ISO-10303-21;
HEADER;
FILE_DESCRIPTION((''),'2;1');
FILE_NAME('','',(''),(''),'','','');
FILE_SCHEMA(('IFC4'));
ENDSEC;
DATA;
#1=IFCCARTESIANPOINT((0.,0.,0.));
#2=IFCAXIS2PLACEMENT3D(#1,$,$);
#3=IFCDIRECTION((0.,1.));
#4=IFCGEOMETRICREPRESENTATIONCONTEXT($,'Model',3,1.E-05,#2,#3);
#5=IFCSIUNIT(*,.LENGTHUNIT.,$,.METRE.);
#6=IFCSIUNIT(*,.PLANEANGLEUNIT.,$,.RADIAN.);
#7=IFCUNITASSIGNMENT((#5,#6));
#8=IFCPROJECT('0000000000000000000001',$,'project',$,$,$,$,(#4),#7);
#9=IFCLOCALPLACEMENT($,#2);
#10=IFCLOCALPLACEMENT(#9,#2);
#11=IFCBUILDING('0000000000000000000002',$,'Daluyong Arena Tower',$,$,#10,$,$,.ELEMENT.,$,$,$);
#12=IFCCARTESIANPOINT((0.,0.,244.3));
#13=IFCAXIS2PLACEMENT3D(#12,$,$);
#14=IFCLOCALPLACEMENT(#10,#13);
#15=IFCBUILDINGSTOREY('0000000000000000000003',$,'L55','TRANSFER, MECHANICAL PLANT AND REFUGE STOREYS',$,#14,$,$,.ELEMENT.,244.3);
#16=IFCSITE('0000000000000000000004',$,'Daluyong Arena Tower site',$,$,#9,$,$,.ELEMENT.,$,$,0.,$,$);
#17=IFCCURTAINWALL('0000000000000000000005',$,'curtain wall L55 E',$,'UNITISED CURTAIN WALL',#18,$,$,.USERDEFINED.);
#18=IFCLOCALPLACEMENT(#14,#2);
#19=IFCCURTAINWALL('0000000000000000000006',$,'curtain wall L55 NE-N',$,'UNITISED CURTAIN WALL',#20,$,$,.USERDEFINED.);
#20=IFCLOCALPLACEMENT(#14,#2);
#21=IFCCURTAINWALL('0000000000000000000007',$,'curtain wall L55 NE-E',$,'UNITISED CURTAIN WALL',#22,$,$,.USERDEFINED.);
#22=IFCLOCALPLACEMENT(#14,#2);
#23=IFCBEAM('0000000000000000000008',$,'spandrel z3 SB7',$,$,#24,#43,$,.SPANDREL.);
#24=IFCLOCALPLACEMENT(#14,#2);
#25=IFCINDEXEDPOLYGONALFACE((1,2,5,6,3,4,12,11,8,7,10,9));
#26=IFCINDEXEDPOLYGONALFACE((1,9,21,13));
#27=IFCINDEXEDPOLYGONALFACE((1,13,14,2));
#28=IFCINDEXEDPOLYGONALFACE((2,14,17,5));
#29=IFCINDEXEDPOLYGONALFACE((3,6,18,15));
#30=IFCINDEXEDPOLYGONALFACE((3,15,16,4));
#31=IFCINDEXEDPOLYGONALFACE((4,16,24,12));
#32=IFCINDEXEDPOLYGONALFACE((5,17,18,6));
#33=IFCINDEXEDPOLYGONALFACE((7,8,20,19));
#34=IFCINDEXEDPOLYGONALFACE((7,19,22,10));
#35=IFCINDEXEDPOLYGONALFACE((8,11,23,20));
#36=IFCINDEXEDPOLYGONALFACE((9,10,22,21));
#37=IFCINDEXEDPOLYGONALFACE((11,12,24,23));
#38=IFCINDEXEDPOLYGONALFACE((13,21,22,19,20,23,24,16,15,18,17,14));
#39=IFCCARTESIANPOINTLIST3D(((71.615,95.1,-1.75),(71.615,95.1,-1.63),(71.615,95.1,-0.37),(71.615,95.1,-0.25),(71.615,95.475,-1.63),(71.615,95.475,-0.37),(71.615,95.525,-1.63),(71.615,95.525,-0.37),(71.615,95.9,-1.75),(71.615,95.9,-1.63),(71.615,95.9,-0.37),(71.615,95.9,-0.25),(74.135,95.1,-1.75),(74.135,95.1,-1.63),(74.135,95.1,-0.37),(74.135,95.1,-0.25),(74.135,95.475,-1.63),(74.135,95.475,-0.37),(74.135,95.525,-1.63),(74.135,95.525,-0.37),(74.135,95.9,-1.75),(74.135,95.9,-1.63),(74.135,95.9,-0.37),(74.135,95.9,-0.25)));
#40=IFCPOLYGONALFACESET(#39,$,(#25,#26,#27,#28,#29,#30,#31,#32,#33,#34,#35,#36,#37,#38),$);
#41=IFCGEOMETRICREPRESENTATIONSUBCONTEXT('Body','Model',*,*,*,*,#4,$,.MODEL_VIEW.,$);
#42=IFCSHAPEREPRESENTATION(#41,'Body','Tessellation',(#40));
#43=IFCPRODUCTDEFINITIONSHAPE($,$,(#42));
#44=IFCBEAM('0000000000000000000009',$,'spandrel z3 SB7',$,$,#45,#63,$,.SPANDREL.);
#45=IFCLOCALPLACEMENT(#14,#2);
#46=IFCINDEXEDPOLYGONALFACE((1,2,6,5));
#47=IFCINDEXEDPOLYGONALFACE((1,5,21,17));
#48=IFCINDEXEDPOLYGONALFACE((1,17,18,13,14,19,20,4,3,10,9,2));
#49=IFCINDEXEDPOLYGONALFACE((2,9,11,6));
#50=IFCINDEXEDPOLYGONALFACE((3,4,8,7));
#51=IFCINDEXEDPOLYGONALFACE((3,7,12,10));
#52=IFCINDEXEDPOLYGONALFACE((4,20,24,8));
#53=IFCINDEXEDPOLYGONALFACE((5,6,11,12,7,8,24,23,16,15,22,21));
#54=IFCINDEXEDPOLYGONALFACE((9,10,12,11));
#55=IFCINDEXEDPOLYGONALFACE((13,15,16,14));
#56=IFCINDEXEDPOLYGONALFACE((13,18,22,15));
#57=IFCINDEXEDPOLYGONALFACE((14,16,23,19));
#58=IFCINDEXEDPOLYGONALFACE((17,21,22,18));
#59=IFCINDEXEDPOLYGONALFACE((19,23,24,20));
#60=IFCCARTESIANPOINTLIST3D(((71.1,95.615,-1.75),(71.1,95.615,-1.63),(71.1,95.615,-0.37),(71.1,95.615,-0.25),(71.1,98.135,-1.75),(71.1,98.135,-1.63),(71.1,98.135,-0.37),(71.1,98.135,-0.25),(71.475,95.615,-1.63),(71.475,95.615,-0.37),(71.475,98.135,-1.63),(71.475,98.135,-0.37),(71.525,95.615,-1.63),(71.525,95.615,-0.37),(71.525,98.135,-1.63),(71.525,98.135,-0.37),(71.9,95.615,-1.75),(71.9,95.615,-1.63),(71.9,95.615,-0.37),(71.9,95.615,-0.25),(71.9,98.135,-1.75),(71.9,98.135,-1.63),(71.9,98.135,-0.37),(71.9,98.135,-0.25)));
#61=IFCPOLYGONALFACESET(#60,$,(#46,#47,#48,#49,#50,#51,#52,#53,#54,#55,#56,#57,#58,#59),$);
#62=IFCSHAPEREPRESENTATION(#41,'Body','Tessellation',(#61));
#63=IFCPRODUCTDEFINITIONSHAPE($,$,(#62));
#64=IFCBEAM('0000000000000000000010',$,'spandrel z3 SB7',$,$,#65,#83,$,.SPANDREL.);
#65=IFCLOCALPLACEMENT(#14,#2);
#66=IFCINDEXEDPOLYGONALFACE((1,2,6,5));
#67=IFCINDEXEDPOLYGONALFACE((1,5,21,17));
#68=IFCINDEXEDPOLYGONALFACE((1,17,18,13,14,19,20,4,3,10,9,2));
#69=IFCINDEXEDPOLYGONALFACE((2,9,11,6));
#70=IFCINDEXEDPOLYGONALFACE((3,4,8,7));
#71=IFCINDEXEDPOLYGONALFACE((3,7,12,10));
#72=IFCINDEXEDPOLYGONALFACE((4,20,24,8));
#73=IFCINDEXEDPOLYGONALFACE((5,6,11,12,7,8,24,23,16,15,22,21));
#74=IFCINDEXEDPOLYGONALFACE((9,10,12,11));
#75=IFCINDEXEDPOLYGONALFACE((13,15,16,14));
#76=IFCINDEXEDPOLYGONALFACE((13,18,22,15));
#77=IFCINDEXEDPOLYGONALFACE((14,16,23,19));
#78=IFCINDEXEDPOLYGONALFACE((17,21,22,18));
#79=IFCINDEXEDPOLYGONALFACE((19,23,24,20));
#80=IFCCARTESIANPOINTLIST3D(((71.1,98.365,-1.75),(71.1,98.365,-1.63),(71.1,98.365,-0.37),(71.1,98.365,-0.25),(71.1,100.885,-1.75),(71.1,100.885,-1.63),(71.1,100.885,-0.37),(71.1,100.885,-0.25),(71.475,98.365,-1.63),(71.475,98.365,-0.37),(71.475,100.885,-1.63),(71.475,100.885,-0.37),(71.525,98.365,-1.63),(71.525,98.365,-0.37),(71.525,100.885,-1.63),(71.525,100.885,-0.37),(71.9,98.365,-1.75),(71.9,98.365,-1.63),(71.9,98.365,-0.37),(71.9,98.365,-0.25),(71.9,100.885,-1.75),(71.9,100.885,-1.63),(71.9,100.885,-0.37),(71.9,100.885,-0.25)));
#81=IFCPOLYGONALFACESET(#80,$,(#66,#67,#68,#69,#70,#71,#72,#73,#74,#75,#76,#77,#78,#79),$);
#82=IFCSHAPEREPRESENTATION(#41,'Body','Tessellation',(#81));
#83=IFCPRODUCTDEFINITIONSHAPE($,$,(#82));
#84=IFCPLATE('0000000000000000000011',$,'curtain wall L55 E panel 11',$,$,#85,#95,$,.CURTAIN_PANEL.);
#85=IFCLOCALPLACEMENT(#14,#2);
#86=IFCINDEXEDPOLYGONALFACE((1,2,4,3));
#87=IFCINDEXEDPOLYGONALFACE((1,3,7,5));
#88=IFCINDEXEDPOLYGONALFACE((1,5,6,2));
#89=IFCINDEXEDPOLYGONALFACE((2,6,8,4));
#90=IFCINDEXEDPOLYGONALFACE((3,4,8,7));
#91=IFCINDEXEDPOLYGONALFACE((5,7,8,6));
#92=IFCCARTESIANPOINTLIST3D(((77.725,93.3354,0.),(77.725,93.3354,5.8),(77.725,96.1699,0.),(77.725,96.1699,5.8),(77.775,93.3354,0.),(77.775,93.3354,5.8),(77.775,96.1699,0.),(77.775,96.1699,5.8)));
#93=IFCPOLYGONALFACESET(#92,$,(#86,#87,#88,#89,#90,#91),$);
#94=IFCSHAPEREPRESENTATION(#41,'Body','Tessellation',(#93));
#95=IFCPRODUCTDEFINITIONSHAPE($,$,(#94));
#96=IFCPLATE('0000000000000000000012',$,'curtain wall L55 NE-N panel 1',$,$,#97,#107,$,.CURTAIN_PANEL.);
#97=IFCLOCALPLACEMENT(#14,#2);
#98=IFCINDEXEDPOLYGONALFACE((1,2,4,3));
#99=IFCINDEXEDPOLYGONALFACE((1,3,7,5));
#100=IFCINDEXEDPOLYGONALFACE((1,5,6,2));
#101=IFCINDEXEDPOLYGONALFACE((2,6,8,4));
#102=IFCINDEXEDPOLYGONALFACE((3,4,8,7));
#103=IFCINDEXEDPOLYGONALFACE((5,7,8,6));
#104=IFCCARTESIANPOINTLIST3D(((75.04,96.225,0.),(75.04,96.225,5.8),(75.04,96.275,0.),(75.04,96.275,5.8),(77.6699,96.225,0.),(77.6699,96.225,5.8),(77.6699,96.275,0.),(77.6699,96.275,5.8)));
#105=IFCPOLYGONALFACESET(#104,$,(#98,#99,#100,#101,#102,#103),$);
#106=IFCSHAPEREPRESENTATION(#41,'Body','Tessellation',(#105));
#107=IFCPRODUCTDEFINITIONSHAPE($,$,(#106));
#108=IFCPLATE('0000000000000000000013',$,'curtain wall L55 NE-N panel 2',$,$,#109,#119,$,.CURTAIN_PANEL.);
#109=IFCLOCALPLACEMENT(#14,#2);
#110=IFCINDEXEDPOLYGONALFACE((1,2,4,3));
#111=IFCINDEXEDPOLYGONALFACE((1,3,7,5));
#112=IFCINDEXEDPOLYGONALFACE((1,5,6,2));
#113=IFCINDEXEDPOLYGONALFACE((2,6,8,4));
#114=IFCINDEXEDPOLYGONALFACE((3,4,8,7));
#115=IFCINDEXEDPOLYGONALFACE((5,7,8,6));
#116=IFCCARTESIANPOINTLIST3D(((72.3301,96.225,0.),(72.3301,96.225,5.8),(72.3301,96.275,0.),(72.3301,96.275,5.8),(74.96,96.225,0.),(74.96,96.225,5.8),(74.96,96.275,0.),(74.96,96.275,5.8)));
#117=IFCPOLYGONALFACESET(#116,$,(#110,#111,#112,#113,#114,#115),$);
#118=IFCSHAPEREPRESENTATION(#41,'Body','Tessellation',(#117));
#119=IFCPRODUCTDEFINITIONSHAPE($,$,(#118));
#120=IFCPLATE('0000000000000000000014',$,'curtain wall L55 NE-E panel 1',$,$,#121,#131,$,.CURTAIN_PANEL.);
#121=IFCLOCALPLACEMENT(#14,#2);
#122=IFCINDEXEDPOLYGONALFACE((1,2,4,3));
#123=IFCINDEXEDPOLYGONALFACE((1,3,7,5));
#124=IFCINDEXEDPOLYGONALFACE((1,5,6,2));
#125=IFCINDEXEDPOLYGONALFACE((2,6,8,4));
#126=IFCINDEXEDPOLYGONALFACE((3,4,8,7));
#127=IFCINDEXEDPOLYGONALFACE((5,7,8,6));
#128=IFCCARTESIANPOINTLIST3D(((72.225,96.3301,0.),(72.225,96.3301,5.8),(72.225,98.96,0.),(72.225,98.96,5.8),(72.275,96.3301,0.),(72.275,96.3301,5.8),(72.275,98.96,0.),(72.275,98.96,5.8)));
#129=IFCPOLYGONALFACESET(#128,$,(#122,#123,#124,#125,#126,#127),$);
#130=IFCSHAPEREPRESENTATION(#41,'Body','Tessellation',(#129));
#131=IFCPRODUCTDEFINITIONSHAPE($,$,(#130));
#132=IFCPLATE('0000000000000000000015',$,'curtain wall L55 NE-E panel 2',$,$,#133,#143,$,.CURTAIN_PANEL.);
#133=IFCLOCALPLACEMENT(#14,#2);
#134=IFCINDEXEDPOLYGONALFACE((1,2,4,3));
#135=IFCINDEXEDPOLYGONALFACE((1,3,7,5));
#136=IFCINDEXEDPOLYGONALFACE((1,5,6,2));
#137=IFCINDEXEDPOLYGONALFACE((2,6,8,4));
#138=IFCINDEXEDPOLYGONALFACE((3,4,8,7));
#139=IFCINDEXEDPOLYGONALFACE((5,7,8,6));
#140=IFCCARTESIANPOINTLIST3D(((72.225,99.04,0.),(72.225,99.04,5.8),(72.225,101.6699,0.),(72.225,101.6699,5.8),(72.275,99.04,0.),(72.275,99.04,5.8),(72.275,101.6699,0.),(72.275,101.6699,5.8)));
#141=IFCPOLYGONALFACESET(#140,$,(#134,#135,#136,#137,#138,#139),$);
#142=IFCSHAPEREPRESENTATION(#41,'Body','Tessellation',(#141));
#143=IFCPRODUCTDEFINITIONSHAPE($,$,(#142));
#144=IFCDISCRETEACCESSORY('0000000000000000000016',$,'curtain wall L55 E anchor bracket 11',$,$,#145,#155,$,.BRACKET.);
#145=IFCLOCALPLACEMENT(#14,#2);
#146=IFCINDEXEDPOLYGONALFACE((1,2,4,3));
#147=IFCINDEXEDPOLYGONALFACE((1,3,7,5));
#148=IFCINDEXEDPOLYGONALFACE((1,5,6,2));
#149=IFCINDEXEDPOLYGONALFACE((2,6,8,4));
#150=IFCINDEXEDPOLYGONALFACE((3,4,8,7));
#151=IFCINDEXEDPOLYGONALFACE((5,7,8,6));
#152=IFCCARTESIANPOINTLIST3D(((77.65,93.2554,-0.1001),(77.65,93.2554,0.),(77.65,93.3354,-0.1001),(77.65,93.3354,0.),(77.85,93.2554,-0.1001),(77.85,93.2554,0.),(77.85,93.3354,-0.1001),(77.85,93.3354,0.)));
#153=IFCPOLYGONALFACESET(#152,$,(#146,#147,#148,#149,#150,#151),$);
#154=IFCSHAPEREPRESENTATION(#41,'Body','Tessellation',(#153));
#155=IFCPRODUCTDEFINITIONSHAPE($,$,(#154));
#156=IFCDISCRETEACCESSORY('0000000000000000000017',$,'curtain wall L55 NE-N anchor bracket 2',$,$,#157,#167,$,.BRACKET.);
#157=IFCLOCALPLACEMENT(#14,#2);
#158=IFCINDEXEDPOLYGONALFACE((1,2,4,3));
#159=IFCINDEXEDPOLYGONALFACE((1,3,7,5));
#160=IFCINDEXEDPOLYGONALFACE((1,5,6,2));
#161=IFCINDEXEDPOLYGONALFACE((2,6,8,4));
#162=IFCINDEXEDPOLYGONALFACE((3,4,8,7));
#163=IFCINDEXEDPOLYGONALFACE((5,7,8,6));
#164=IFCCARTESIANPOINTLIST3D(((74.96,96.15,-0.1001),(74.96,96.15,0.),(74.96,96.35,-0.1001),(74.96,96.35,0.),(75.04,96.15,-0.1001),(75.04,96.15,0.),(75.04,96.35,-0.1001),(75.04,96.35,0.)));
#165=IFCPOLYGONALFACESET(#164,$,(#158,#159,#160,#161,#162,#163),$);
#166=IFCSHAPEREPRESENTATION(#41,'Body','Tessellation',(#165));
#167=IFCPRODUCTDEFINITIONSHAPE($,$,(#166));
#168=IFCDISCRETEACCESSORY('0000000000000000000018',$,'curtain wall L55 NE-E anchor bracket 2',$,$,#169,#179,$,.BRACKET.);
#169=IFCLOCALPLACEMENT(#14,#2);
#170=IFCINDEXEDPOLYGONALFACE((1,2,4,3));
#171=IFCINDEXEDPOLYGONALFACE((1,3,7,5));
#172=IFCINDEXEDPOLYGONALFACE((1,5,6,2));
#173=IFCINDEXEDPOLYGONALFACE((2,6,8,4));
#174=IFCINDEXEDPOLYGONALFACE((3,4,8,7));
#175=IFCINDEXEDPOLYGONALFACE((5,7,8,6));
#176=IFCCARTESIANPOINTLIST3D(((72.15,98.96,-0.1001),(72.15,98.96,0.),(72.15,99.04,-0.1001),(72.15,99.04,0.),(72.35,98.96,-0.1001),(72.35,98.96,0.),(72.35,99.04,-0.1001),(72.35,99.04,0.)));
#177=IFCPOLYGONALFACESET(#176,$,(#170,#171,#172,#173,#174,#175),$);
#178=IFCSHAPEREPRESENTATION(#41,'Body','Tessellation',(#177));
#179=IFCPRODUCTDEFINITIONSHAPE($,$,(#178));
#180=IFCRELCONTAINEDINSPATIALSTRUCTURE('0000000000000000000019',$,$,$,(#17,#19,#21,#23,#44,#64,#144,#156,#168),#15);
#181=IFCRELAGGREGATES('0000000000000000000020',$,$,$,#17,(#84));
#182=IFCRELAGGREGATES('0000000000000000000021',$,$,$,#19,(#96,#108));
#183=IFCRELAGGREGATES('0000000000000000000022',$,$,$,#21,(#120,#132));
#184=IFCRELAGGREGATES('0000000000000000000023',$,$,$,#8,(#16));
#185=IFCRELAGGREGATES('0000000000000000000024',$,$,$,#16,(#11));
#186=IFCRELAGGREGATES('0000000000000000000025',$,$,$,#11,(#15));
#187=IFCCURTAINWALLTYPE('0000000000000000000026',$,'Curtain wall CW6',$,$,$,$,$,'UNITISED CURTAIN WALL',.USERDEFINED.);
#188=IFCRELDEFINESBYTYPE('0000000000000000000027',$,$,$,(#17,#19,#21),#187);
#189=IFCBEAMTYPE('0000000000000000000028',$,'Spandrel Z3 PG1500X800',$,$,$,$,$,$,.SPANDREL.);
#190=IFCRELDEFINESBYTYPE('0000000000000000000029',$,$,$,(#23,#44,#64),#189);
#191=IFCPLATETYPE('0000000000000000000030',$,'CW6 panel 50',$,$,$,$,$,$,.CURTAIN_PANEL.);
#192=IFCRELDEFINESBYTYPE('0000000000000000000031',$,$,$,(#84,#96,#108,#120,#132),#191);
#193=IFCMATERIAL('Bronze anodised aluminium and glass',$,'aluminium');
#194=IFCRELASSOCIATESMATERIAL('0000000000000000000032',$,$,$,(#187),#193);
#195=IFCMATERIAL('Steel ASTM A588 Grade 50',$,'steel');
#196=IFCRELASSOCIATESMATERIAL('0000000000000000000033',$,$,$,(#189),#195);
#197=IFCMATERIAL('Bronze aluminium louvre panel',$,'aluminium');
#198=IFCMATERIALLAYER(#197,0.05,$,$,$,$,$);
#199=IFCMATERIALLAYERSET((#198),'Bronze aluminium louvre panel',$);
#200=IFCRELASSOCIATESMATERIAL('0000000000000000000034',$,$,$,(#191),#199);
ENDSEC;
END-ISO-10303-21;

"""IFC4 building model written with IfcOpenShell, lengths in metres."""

from ifc_helpers import new_model, si_unit, direction, frame, origin, origin_2d, place, context, subcontext, project, spatial, rectangle, i_section, extrude, material, layer, layer_set, material_profile, profile_set, type_object, element, aggregate, save


model = new_model("IFC4")

# Units and contexts
model_context = context("Model", 3, precision=1e-05, world=origin(), true_north=direction((0.0, 1.0)))
body_context = subcontext(model_context, "Body", "Model", "MODEL_VIEW")
ifc_project = project(units=[si_unit("LENGTHUNIT", "METRE"), si_unit("PLANEANGLEUNIT", "RADIAN")], contexts=[model_context])

# Site, building, storey
site_placement = place(None, origin())
site = spatial("IfcSite", under=ifc_project, at=site_placement, Name="Daluyong Arena Tower site", CompositionType="ELEMENT", RefElevation=0.0)
building_placement = place(site_placement, origin())
building = spatial("IfcBuilding", under=site, at=building_placement, Name="Daluyong Arena Tower", CompositionType="ELEMENT")
storey_placement = place(building_placement, frame((0.0, 0.0, 244.3)))
storey = spatial("IfcBuildingStorey", under=building, at=storey_placement, Name="L55", Description="TRANSFER, MECHANICAL PLANT AND REFUGE STOREYS", CompositionType="ELEMENT", Elevation=244.3)

# Curtain walls
ifc_material_1 = material(Name="Bronze anodised aluminium and glass", Category="aluminium")
curtain_wall_type = type_object("IfcCurtainWallType", Name="Curtain wall CW6", ElementType="UNITISED CURTAIN WALL", PredefinedType="USERDEFINED", material=ifc_material_1)
curtain_wall_1_placement = place(storey_placement, origin())
curtain_wall_1 = element("IfcCurtainWall", 1, at=curtain_wall_1_placement, inside=storey, type_object=curtain_wall_type, Name="curtain wall L55 E", ObjectType="UNITISED CURTAIN WALL", PredefinedType="USERDEFINED")
curtain_wall_2_placement = place(storey_placement, origin())
curtain_wall_2 = element("IfcCurtainWall", 2, at=curtain_wall_2_placement, inside=storey, type_object=curtain_wall_type, Name="curtain wall L55 NE-N", ObjectType="UNITISED CURTAIN WALL", PredefinedType="USERDEFINED")
curtain_wall_3_placement = place(storey_placement, origin())
curtain_wall_3 = element("IfcCurtainWall", 3, at=curtain_wall_3_placement, inside=storey, type_object=curtain_wall_type, Name="curtain wall L55 NE-E", ObjectType="UNITISED CURTAIN WALL", PredefinedType="USERDEFINED")

# Beams
ifc_material_2 = material(Name="Steel ASTM A588 Grade 50", Category="steel")
ifc_material_profile_1 = material_profile(ifc_material_2, i_section(OverallWidth=0.8, OverallDepth=1.5, WebThickness=0.05, FlangeThickness=0.12, at=origin_2d()))
ifc_profile_set_1 = profile_set([ifc_material_profile_1], Name="Steel ASTM A588 Grade 50")
beam_type = type_object("IfcBeamType", Name="Spandrel Z3 PG1500X800", PredefinedType="SPANDREL", material=ifc_profile_set_1)
for number, where, z_axis, x_axis, name in (
    (4, (74.135, 95.5, -1.0), (-1.0, 0.0, 0.0), (0.0, -1.0, 0.0), "spandrel z3 SB7"),
    (5, (71.5, 95.615, -1.0), (0.0, 1.0, 0.0), (-1.0, 0.0, 0.0), "spandrel z3 SB7"),
    (6, (71.5, 98.365, -1.0), (0.0, 1.0, 0.0), (-1.0, 0.0, 0.0), "spandrel z3 SB7"),
):
    element("IfcBeam", number, at=place(storey_placement, frame(where, z_axis=z_axis, x_axis=x_axis)), inside=storey, type_object=beam_type, Name=name, PredefinedType="SPANDREL", context=body_context, shape_type="SweptSolid", body=[
        extrude(i_section(OverallWidth=0.8, OverallDepth=1.5, WebThickness=0.05, FlangeThickness=0.12, at=origin_2d()), origin(), (0.0, 0.0, 1.0), 2.52),
    ])

# Plates
ifc_material_3 = material(Name="Bronze aluminium louvre panel", Category="aluminium")
ifc_layer = layer(ifc_material_3, 0.05)
ifc_layer_set = layer_set([ifc_layer], Name="Bronze aluminium louvre panel")
plate_type = type_object("IfcPlateType", Name="CW6 panel 50", PredefinedType="CURTAIN_PANEL", material=ifc_layer_set)
plate_1_placement = place(storey_placement, frame((77.75, 94.7527, 0.0), z_axis=(0.0, 0.0, 1.0), x_axis=(0.0, 1.0, 0.0)))
plate_1 = element("IfcPlate", 7, at=plate_1_placement, type_object=plate_type, Name="curtain wall L55 E panel 11", PredefinedType="CURTAIN_PANEL", context=body_context, shape_type="SweptSolid", body=[
    extrude(rectangle(XDim=2.8345, YDim=0.05, at=origin_2d()), origin(), (0.0, 0.0, 1.0), 5.8),
])
aggregate(curtain_wall_1, [plate_1])
plate_2_placement = place(storey_placement, frame((76.355, 96.25, 0.0), z_axis=(0.0, 0.0, 1.0), x_axis=(-1.0, 0.0, 0.0)))
plate_2 = element("IfcPlate", 8, at=plate_2_placement, type_object=plate_type, Name="curtain wall L55 NE-N panel 1", PredefinedType="CURTAIN_PANEL", context=body_context, shape_type="SweptSolid", body=[
    extrude(rectangle(XDim=2.6299, YDim=0.05, at=origin_2d()), origin(), (0.0, 0.0, 1.0), 5.8),
])
plate_3_placement = place(storey_placement, frame((73.645, 96.25, 0.0), z_axis=(0.0, 0.0, 1.0), x_axis=(-1.0, 0.0, 0.0)))
plate_3 = element("IfcPlate", 9, at=plate_3_placement, type_object=plate_type, Name="curtain wall L55 NE-N panel 2", PredefinedType="CURTAIN_PANEL", context=body_context, shape_type="SweptSolid", body=[
    extrude(rectangle(XDim=2.6299, YDim=0.05, at=origin_2d()), origin(), (0.0, 0.0, 1.0), 5.8),
])
aggregate(curtain_wall_2, [plate_2, plate_3])
plate_4_placement = place(storey_placement, frame((72.25, 97.645, 0.0), z_axis=(0.0, 0.0, 1.0), x_axis=(0.0, 1.0, 0.0)))
plate_4 = element("IfcPlate", 10, at=plate_4_placement, type_object=plate_type, Name="curtain wall L55 NE-E panel 1", PredefinedType="CURTAIN_PANEL", context=body_context, shape_type="SweptSolid", body=[
    extrude(rectangle(XDim=2.6299, YDim=0.05, at=origin_2d()), origin(), (0.0, 0.0, 1.0), 5.8),
])
plate_5_placement = place(storey_placement, frame((72.25, 100.355, 0.0), z_axis=(0.0, 0.0, 1.0), x_axis=(0.0, 1.0, 0.0)))
plate_5 = element("IfcPlate", 11, at=plate_5_placement, type_object=plate_type, Name="curtain wall L55 NE-E panel 2", PredefinedType="CURTAIN_PANEL", context=body_context, shape_type="SweptSolid", body=[
    extrude(rectangle(XDim=2.6299, YDim=0.05, at=origin_2d()), origin(), (0.0, 0.0, 1.0), 5.8),
])
aggregate(curtain_wall_3, [plate_4, plate_5])

# Discrete accessories
for number, where, z_axis, x_axis, name in (
    (12, (77.75, 93.2954, -0.1001), (0.0, 0.0, 1.0), (0.0, 1.0, 0.0), "curtain wall L55 E anchor bracket 11"),
    (13, (75.0, 96.25, -0.1001), (0.0, 0.0, 1.0), (-1.0, 0.0, 0.0), "curtain wall L55 NE-N anchor bracket 2"),
    (14, (72.25, 99.0, -0.1001), (0.0, 0.0, 1.0), (0.0, 1.0, 0.0), "curtain wall L55 NE-E anchor bracket 2"),
):
    element("IfcDiscreteAccessory", number, at=place(storey_placement, frame(where, z_axis=z_axis, x_axis=x_axis)), inside=storey, Name=name, PredefinedType="BRACKET", context=body_context, shape_type="SweptSolid", body=[
        extrude(rectangle(XDim=0.0801, YDim=0.2, at=origin_2d()), origin(), (0.0, 0.0, 1.0), 0.1001),
    ])

save(model, "model.ifc")
